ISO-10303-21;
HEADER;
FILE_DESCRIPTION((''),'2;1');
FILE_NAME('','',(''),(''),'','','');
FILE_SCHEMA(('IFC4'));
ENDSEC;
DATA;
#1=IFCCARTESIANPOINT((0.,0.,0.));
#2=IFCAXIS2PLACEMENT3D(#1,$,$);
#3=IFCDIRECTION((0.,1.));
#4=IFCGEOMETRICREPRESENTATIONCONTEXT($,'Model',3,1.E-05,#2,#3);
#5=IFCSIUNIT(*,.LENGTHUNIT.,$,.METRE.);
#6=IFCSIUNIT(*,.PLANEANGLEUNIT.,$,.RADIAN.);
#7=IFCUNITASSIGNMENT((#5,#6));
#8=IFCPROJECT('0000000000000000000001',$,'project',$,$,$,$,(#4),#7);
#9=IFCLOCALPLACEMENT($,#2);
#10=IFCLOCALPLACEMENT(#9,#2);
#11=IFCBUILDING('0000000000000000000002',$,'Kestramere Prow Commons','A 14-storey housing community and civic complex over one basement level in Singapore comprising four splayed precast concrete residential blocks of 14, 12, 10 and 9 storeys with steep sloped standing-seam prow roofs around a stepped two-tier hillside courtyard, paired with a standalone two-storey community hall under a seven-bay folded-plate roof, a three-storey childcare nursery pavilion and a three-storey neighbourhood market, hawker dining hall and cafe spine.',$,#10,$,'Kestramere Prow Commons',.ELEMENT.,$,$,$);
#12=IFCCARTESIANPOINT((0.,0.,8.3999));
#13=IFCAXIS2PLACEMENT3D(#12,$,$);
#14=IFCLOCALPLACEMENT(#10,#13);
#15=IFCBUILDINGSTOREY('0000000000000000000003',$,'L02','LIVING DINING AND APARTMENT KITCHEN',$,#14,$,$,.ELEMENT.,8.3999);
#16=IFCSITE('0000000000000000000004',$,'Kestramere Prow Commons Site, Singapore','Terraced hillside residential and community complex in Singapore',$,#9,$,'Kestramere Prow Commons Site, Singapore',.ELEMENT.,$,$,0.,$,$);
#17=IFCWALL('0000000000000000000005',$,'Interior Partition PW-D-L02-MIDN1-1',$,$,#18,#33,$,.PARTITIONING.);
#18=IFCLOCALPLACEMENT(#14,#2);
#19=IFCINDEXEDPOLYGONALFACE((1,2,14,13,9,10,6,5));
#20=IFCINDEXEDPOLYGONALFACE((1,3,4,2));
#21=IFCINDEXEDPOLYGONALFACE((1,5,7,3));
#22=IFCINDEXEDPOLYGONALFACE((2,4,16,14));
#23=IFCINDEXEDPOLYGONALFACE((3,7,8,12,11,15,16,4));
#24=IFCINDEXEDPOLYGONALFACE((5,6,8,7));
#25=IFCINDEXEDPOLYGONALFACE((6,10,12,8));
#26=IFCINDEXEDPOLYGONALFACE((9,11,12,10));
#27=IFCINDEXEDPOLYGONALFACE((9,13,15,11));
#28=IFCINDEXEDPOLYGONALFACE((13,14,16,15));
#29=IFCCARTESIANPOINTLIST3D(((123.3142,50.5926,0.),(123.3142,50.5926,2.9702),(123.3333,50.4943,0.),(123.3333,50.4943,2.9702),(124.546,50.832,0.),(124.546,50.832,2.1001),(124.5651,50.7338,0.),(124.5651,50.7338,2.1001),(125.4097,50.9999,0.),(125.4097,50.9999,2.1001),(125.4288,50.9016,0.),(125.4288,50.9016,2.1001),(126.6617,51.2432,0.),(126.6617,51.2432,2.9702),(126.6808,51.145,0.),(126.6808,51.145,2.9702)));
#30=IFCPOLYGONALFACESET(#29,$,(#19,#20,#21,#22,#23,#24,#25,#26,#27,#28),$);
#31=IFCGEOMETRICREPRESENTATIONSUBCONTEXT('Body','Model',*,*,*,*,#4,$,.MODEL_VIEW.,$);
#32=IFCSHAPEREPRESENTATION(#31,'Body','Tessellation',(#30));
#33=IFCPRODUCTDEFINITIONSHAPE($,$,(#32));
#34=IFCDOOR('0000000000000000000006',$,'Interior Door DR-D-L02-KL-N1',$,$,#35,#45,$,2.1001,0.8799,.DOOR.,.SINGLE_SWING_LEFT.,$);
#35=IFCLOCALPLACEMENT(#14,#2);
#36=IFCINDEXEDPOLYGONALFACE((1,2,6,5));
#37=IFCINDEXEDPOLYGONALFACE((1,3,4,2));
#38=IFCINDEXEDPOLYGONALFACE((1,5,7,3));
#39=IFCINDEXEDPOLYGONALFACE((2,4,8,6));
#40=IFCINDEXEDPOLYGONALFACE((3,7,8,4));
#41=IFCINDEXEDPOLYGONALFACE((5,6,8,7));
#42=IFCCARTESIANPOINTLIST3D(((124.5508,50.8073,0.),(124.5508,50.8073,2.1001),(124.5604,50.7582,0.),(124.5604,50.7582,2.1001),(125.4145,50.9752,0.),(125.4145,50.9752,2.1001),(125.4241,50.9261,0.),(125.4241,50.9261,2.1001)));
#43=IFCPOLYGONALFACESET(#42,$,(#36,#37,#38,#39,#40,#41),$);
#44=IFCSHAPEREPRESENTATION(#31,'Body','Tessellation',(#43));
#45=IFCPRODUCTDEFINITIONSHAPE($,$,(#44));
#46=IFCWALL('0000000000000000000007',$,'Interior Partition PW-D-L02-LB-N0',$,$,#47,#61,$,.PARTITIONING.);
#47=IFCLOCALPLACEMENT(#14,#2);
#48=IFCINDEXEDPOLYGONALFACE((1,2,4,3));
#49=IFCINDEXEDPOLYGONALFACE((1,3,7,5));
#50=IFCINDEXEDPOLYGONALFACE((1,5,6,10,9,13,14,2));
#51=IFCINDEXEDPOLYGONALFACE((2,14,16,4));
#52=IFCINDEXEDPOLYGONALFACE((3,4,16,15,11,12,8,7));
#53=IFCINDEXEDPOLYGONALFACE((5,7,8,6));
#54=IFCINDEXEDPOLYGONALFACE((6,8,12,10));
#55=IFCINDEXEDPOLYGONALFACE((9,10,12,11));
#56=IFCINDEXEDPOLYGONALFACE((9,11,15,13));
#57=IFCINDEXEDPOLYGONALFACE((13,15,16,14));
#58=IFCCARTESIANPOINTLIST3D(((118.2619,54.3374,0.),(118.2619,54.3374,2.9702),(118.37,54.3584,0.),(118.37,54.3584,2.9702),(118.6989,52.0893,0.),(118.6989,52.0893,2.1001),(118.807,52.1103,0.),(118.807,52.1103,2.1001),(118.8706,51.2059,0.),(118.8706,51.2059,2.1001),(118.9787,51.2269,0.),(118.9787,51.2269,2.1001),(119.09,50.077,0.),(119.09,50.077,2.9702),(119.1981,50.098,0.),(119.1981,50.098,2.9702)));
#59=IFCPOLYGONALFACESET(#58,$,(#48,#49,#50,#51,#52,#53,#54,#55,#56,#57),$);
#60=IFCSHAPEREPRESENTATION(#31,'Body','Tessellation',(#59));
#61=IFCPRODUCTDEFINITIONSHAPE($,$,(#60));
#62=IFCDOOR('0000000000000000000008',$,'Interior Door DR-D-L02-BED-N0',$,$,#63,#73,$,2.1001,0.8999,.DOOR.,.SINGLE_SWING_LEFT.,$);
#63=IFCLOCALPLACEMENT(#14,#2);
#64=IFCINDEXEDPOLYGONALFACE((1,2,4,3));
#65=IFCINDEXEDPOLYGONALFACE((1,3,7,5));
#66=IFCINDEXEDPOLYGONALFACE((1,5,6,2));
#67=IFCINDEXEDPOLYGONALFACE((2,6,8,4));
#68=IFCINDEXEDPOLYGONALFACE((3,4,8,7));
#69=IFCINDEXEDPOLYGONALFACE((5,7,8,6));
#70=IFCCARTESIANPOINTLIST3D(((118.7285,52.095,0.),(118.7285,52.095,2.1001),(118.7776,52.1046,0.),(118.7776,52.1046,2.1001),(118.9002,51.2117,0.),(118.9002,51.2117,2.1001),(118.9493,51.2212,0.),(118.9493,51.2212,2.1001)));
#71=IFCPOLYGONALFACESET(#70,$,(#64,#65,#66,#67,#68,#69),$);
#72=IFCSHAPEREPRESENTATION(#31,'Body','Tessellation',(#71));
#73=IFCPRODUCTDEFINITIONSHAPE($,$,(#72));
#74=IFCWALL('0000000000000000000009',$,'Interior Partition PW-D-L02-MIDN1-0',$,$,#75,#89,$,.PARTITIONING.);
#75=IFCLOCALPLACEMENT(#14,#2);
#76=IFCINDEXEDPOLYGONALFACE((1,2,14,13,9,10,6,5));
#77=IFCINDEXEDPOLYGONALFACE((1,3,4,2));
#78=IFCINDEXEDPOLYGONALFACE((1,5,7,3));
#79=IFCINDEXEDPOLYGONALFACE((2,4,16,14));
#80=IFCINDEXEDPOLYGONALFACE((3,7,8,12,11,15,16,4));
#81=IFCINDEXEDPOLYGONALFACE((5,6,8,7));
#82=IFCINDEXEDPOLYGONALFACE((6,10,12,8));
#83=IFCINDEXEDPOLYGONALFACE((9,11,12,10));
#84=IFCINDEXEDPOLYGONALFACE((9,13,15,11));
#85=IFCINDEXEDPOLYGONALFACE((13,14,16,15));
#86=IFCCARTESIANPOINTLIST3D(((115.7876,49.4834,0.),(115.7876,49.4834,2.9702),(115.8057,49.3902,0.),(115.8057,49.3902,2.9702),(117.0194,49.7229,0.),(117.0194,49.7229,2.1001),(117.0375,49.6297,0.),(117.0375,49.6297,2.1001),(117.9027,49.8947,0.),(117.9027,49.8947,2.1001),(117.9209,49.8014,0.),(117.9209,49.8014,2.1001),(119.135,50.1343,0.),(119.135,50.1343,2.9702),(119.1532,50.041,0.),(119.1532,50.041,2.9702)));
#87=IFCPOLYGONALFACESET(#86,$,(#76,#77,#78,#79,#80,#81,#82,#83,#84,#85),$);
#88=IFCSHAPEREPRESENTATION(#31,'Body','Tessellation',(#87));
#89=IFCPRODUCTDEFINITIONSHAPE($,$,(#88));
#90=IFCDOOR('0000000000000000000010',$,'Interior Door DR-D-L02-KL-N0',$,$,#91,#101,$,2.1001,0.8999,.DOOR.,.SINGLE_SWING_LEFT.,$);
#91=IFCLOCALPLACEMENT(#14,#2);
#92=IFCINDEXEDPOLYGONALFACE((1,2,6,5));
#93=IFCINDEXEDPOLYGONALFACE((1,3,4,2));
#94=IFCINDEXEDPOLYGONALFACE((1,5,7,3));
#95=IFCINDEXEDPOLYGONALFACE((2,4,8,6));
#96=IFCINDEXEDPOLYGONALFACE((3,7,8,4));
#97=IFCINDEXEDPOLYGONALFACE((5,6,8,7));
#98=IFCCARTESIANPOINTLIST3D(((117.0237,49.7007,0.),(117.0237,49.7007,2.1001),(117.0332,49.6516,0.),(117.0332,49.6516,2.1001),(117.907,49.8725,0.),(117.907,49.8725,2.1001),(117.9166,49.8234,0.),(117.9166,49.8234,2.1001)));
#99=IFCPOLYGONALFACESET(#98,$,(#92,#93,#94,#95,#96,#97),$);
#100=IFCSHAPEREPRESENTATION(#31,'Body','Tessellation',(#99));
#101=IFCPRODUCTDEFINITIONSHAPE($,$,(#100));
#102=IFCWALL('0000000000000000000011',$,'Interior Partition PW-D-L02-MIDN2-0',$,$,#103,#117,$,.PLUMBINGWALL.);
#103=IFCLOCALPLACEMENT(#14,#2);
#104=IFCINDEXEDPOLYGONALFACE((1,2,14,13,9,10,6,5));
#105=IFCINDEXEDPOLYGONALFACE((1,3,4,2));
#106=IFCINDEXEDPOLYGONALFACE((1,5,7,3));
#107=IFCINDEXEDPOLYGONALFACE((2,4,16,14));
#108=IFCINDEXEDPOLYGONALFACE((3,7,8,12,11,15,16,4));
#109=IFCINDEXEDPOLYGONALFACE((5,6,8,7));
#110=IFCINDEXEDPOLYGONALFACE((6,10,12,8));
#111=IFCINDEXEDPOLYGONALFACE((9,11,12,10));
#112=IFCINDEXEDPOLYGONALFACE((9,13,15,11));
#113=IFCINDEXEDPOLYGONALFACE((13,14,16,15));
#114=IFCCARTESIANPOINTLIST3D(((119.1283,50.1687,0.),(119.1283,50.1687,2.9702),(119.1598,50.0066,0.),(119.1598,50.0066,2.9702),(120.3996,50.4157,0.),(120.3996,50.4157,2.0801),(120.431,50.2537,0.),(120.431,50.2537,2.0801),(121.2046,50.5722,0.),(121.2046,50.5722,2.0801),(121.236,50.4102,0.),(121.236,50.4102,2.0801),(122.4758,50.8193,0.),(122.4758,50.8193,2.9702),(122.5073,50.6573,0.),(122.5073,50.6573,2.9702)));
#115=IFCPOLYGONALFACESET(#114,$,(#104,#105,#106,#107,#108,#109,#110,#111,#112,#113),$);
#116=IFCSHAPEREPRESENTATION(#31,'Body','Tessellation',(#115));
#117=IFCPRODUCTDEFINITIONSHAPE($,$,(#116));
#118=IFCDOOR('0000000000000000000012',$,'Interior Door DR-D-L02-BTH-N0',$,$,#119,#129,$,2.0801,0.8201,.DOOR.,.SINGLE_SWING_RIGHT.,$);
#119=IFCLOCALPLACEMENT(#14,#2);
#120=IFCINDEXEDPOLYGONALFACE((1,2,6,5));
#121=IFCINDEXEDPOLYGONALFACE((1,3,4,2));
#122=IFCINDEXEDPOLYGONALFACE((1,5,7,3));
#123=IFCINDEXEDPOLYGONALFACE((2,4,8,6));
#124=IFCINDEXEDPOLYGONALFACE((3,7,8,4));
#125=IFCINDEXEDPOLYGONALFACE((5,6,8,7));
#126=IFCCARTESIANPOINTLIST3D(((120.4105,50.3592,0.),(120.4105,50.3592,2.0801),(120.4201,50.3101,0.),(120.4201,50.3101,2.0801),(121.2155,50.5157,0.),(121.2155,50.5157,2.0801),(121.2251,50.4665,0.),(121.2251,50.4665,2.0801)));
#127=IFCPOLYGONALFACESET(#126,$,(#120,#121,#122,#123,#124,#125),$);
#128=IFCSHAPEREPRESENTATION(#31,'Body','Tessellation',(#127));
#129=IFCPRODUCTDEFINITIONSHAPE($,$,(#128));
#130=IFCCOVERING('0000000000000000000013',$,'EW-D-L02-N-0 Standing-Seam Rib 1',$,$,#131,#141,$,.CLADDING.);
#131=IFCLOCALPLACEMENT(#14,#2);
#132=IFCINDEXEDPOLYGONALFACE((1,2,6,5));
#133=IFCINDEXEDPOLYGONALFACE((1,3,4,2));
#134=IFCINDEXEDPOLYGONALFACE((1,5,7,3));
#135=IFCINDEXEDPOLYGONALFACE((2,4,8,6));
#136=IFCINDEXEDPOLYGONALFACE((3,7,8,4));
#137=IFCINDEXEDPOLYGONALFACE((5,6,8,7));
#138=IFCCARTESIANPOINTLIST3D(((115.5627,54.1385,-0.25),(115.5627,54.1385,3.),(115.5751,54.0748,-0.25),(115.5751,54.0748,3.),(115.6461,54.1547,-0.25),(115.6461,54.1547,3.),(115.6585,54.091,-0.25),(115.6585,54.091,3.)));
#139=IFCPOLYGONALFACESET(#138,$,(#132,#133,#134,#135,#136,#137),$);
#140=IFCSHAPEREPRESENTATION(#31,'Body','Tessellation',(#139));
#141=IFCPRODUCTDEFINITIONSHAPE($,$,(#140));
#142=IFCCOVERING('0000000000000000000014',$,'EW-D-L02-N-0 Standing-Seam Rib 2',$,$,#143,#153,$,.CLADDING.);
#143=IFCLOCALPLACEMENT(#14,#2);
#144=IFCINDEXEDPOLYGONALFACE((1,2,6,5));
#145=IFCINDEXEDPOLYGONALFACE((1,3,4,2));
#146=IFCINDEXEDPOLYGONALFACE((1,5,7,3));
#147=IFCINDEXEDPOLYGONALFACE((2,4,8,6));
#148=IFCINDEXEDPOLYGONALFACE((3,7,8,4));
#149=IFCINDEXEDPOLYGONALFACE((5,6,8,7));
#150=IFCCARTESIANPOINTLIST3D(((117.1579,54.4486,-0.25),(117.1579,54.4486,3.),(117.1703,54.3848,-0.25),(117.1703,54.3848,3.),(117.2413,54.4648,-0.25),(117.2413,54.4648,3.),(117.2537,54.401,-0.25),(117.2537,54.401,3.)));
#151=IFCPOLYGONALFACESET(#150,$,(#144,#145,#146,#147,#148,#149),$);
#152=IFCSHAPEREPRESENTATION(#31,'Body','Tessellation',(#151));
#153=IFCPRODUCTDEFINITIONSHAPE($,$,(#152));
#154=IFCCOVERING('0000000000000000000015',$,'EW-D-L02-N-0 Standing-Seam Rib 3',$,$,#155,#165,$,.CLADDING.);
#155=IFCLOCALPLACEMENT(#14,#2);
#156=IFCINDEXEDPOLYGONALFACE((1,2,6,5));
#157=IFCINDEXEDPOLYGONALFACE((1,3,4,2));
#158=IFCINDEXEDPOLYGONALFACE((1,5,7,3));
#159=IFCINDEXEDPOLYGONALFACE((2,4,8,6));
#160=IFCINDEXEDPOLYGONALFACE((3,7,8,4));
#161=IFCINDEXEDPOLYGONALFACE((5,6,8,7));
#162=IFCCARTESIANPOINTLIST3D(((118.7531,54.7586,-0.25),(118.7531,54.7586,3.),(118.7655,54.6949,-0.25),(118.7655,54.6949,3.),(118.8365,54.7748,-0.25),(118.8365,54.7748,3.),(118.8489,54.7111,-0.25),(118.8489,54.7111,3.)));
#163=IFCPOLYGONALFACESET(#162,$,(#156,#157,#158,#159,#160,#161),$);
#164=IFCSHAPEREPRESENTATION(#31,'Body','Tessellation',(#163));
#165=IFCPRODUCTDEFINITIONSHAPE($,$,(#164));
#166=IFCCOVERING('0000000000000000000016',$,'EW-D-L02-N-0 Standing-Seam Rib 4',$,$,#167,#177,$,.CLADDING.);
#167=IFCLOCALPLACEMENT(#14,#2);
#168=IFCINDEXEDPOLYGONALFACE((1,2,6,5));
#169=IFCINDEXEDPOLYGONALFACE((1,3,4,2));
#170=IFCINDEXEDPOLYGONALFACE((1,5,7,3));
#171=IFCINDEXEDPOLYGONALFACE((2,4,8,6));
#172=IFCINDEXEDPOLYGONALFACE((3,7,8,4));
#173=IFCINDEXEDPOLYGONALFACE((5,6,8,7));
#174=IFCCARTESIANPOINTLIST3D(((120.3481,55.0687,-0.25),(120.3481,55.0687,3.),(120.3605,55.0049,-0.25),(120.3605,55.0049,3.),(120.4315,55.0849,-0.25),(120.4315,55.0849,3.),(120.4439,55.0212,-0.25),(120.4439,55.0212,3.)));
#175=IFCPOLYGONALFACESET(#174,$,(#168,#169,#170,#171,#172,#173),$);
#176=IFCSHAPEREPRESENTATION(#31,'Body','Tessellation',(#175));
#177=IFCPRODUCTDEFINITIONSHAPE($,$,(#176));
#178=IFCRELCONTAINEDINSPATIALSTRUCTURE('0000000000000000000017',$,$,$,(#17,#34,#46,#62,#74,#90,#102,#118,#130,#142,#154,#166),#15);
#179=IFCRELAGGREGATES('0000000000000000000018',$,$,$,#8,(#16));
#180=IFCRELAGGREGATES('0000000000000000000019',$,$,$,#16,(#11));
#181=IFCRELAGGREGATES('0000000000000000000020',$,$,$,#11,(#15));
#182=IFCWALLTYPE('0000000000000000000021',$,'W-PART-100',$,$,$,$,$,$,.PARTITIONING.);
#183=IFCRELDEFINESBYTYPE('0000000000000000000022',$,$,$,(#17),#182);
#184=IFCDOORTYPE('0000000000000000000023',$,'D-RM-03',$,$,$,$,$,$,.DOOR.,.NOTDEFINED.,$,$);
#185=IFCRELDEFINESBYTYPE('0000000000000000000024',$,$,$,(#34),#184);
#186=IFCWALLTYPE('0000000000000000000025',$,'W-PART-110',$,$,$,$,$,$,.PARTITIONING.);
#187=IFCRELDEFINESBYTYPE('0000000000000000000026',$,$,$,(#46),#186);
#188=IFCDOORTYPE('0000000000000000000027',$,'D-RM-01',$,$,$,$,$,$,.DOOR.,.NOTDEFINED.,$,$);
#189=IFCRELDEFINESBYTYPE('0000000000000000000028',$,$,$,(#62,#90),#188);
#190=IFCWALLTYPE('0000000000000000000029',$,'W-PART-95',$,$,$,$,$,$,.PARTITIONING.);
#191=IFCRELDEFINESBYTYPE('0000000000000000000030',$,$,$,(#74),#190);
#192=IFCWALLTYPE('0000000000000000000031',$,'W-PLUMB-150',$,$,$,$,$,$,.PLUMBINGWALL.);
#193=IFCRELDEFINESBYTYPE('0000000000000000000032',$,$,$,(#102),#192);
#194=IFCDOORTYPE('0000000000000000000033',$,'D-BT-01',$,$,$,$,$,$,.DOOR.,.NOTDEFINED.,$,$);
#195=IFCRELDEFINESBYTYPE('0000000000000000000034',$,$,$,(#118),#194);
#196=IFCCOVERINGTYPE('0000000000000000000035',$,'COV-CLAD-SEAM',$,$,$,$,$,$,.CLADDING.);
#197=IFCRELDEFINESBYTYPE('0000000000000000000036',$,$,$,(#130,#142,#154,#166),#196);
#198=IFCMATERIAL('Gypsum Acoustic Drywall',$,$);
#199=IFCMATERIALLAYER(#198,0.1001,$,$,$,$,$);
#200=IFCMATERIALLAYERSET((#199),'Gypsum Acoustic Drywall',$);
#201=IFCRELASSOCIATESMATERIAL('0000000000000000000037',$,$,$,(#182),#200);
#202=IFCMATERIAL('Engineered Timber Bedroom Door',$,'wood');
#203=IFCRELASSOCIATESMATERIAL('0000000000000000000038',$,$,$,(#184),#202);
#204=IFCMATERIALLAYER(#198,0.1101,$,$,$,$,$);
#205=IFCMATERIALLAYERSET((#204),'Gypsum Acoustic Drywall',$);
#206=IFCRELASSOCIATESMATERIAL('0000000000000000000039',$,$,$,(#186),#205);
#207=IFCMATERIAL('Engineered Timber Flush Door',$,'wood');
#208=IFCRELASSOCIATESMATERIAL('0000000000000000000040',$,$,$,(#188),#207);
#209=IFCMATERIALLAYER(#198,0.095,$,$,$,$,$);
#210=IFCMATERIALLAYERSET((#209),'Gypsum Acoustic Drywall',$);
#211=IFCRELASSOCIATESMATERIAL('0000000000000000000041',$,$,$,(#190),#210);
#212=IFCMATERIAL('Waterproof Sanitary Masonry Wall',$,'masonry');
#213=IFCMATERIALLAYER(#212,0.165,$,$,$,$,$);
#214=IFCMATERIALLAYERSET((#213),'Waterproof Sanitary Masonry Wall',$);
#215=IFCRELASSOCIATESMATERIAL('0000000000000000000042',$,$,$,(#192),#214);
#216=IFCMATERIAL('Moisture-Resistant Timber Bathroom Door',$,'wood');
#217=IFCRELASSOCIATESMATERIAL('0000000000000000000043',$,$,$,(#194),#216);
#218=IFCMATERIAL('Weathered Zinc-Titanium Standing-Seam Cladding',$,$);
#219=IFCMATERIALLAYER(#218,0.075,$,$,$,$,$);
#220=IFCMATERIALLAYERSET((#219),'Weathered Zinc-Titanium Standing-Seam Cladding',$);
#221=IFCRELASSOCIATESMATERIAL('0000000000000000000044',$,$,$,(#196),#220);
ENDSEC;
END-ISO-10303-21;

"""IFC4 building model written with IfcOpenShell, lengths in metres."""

from ifc_helpers import new_model, si_unit, direction, frame, frame_2d, origin, origin_2d, place, context, subcontext, project, spatial, rectangle, extrude, material, layer, layer_set, type_object, element, fill, save


model = new_model("IFC4")

# Units and contexts
model_context = context("Model", 3, precision=1e-05, world=origin(), true_north=direction((0.0, 1.0)))
body_context = subcontext(model_context, "Body", "Model", "MODEL_VIEW")
ifc_project = project(units=[si_unit("LENGTHUNIT", "METRE"), si_unit("PLANEANGLEUNIT", "RADIAN")], contexts=[model_context])

# Site, building, storey
site_placement = place(None, origin())
site = spatial("IfcSite", under=ifc_project, at=site_placement, Name="Kestramere Prow Commons Site, Singapore", Description="Terraced hillside residential and community complex in Singapore", LongName="Kestramere Prow Commons Site, Singapore", CompositionType="ELEMENT", RefElevation=0.0)
building_placement = place(site_placement, origin())
building = spatial("IfcBuilding", under=site, at=building_placement, Name="Kestramere Prow Commons", Description="A 14-storey housing community and civic complex over one basement level in Singapore comprising four splayed precast concrete residential blocks of 14, 12, 10 and 9 storeys with steep sloped standing-seam prow roofs around a stepped two-tier hillside courtyard, paired with a standalone two-storey community hall under a seven-bay folded-plate roof, a three-storey childcare nursery pavilion and a three-storey neighbourhood market, hawker dining hall and cafe spine.", LongName="Kestramere Prow Commons", CompositionType="ELEMENT")
storey_placement = place(building_placement, frame((0.0, 0.0, 8.3999)))
storey = spatial("IfcBuildingStorey", under=building, at=storey_placement, Name="L02", Description="LIVING DINING AND APARTMENT KITCHEN", CompositionType="ELEMENT", Elevation=8.3999)

# Walls, openings, doors
ifc_material_1 = material(Name="Gypsum Acoustic Drywall")
ifc_layer_1 = layer(ifc_material_1, 0.1001)
ifc_layer_set_1 = layer_set([ifc_layer_1], Name="Gypsum Acoustic Drywall")
wall_type_1 = type_object("IfcWallType", Name="W-PART-100", PredefinedType="PARTITIONING", material=ifc_layer_set_1)
wall_1_placement = place(storey_placement, frame((123.3237, 50.5435, 0.0), z_axis=(0.0, 0.0, 1.0), x_axis=(0.981629, 0.190799, 0.0)))
wall_1 = element("IfcWall", 1, at=wall_1_placement, inside=storey, type_object=wall_type_1, Name="Interior Partition PW-D-L02-MIDN1-1", PredefinedType="PARTITIONING", context=body_context, shape_type="SweptSolid", body=[
    extrude(rectangle(XDim=3.4102, YDim=0.1001, at=frame_2d((1.7051, 0.0))), origin(), (0.0, 0.0, 1.0), 2.9702),
])
opening_1_placement = place(wall_1_placement, frame((1.2549, 0.0, 0.0)))
opening_1 = element("IfcOpeningElement", 2, at=opening_1_placement, cuts=wall_1, PredefinedType="OPENING", context=body_context, shape_type="SweptSolid", body=[
    extrude(rectangle(XDim=0.8799, YDim=2.1001, at=frame_2d((0.4399, 1.05))), frame((0.0, 0.0649, 0.0), z_axis=(0.0, -1.0, 0.0), x_axis=(1.0, 0.0, 0.0)), (0.0, 0.0, 1.0), 0.1301),
])
ifc_material_2 = material(Name="Engineered Timber Bedroom Door", Category="wood")
door_type_1 = type_object("IfcDoorType", Name="D-RM-03", OperationType="NOTDEFINED", PredefinedType="DOOR", material=ifc_material_2)
door_1_placement = place(opening_1_placement, origin())
door_1 = element("IfcDoor", 3, at=door_1_placement, inside=storey, type_object=door_type_1, Name="Interior Door DR-D-L02-KL-N1", OperationType="SINGLE_SWING_LEFT", OverallHeight=2.1001, OverallWidth=0.8799, PredefinedType="DOOR", context=body_context, shape_type="SweptSolid", body=[
    extrude(rectangle(XDim=0.8799, YDim=2.1001, at=frame_2d((0.4399, 1.05))), frame((0.0, 0.0249, 0.0), z_axis=(0.0, -1.0, 0.0), x_axis=(1.0, 0.0, 0.0)), (0.0, 0.0, 1.0), 0.05),
])
fill(opening_1, door_1)
ifc_layer_2 = layer(ifc_material_1, 0.1101)
ifc_layer_set_2 = layer_set([ifc_layer_2], Name="Gypsum Acoustic Drywall")
wall_type_2 = type_object("IfcWallType", Name="W-PART-110", PredefinedType="PARTITIONING", material=ifc_layer_set_2)
wall_2_placement = place(storey_placement, frame((119.144, 50.0876, 0.0), z_axis=(0.0, 0.0, 1.0), x_axis=(-0.190812, 0.981627, 0.0)))
wall_2 = element("IfcWall", 4, at=wall_2_placement, inside=storey, type_object=wall_type_2, Name="Interior Partition PW-D-L02-LB-N0", PredefinedType="PARTITIONING", context=body_context, shape_type="SweptSolid", body=[
    extrude(rectangle(XDim=4.3401, YDim=0.1101, at=frame_2d((2.1699, 0.0))), origin(), (0.0, 0.0, 1.0), 2.9702),
])
opening_2_placement = place(wall_2_placement, frame((1.1499, 0.0, 0.0)))
opening_2 = element("IfcOpeningElement", 5, at=opening_2_placement, cuts=wall_2, PredefinedType="OPENING", context=body_context, shape_type="SweptSolid", body=[
    extrude(rectangle(XDim=0.8999, YDim=2.1001, at=frame_2d((0.45, 1.05))), frame((0.0, 0.0701, 0.0), z_axis=(0.0, -1.0, 0.0), x_axis=(1.0, 0.0, 0.0)), (0.0, 0.0, 1.0), 0.1401),
])
ifc_material_3 = material(Name="Engineered Timber Flush Door", Category="wood")
door_type_2 = type_object("IfcDoorType", Name="D-RM-01", OperationType="NOTDEFINED", PredefinedType="DOOR", material=ifc_material_3)
door_2_placement = place(opening_2_placement, origin())
door_2 = element("IfcDoor", 6, at=door_2_placement, inside=storey, type_object=door_type_2, Name="Interior Door DR-D-L02-BED-N0", OperationType="SINGLE_SWING_LEFT", OverallHeight=2.1001, OverallWidth=0.8999, PredefinedType="DOOR", context=body_context, shape_type="SweptSolid", body=[
    extrude(rectangle(XDim=0.8999, YDim=2.1001, at=frame_2d((0.45, 1.05))), frame((0.0, 0.0249, 0.0), z_axis=(0.0, -1.0, 0.0), x_axis=(1.0, 0.0, 0.0)), (0.0, 0.0, 1.0), 0.05),
])
fill(opening_2, door_2)
ifc_layer_3 = layer(ifc_material_1, 0.095)
ifc_layer_set_3 = layer_set([ifc_layer_3], Name="Gypsum Acoustic Drywall")
wall_type_3 = type_object("IfcWallType", Name="W-PART-95", PredefinedType="PARTITIONING", material=ifc_layer_set_3)
wall_3_placement = place(storey_placement, frame((115.7966, 49.4368, 0.0), z_axis=(0.0, 0.0, 1.0), x_axis=(0.981616, 0.190868, 0.0)))
wall_3 = element("IfcWall", 7, at=wall_3_placement, inside=storey, type_object=wall_type_3, Name="Interior Partition PW-D-L02-MIDN1-0", PredefinedType="PARTITIONING", context=body_context, shape_type="SweptSolid", body=[
    extrude(rectangle(XDim=3.4102, YDim=0.095, at=frame_2d((1.7051, 0.0))), origin(), (0.0, 0.0, 1.0), 2.9702),
])
opening_3_placement = place(wall_3_placement, frame((1.2549, 0.0, 0.0)))
opening_3 = element("IfcOpeningElement", 8, at=opening_3_placement, cuts=wall_3, PredefinedType="OPENING", context=body_context, shape_type="SweptSolid", body=[
    extrude(rectangle(XDim=0.8999, YDim=2.1001, at=frame_2d((0.45, 1.05))), frame((0.0, 0.0625, 0.0), z_axis=(0.0, -1.0, 0.0), x_axis=(1.0, 0.0, 0.0)), (0.0, 0.0, 1.0), 0.125),
])
door_3_placement = place(opening_3_placement, origin())
door_3 = element("IfcDoor", 9, at=door_3_placement, inside=storey, type_object=door_type_2, Name="Interior Door DR-D-L02-KL-N0", OperationType="SINGLE_SWING_LEFT", OverallHeight=2.1001, OverallWidth=0.8999, PredefinedType="DOOR", context=body_context, shape_type="SweptSolid", body=[
    extrude(rectangle(XDim=0.8999, YDim=2.1001, at=frame_2d((0.45, 1.05))), frame((0.0, 0.0249, 0.0), z_axis=(0.0, -1.0, 0.0), x_axis=(1.0, 0.0, 0.0)), (0.0, 0.0, 1.0), 0.05),
])
fill(opening_3, door_3)
ifc_material_4 = material(Name="Waterproof Sanitary Masonry Wall", Category="masonry")
ifc_layer_4 = layer(ifc_material_4, 0.165)
ifc_layer_set_4 = layer_set([ifc_layer_4], Name="Waterproof Sanitary Masonry Wall")
wall_type_4 = type_object("IfcWallType", Name="W-PLUMB-150", PredefinedType="PLUMBINGWALL", material=ifc_layer_set_4)
wall_4_placement = place(storey_placement, frame((119.144, 50.0876, 0.0), z_axis=(0.0, 0.0, 1.0), x_axis=(0.981629, 0.190799, 0.0)))
wall_4 = element("IfcWall", 10, at=wall_4_placement, inside=storey, type_object=wall_type_4, Name="Interior Partition PW-D-L02-MIDN2-0", PredefinedType="PLUMBINGWALL", context=body_context, shape_type="SweptSolid", body=[
    extrude(rectangle(XDim=3.4102, YDim=0.165, at=frame_2d((1.7051, 0.0))), origin(), (0.0, 0.0, 1.0), 2.9702),
])
opening_4_placement = place(wall_4_placement, frame((1.2949, 0.0, 0.0)))
opening_4 = element("IfcOpeningElement", 11, at=opening_4_placement, cuts=wall_4, PredefinedType="OPENING", context=body_context, shape_type="SweptSolid", body=[
    extrude(rectangle(XDim=0.8201, YDim=2.0801, at=frame_2d((0.4102, 1.04))), frame((0.0, 0.0974, 0.0), z_axis=(0.0, -1.0, 0.0), x_axis=(1.0, 0.0, 0.0)), (0.0, 0.0, 1.0), 0.1951),
])
ifc_material_5 = material(Name="Moisture-Resistant Timber Bathroom Door", Category="wood")
door_type_3 = type_object("IfcDoorType", Name="D-BT-01", OperationType="NOTDEFINED", PredefinedType="DOOR", material=ifc_material_5)
door_4_placement = place(opening_4_placement, origin())
door_4 = element("IfcDoor", 12, at=door_4_placement, inside=storey, type_object=door_type_3, Name="Interior Door DR-D-L02-BTH-N0", OperationType="SINGLE_SWING_RIGHT", OverallHeight=2.0801, OverallWidth=0.8201, PredefinedType="DOOR", context=body_context, shape_type="SweptSolid", body=[
    extrude(rectangle(XDim=0.8201, YDim=2.0801, at=frame_2d((0.4102, 1.04))), frame((0.0, 0.0249, 0.0), z_axis=(0.0, -1.0, 0.0), x_axis=(1.0, 0.0, 0.0)), (0.0, 0.0, 1.0), 0.05),
])
fill(opening_4, door_4)

# Coverings
ifc_material_6 = material(Name="Weathered Zinc-Titanium Standing-Seam Cladding")
ifc_layer_5 = layer(ifc_material_6, 0.075)
ifc_layer_set_5 = layer_set([ifc_layer_5], Name="Weathered Zinc-Titanium Standing-Seam Cladding")
covering_type = type_object("IfcCoveringType", Name="COV-CLAD-SEAM", PredefinedType="CLADDING", material=ifc_layer_set_5)
for number, where, z_axis, x_axis, name in (
    (13, (115.6106, 54.1147, -0.25), (0.0, 0.0, 1.0), (0.981627, 0.190809, 0.0), "EW-D-L02-N-0 Standing-Seam Rib 1"),
    (14, (117.2058, 54.4248, -0.25), (0.0, 0.0, 1.0), (0.981627, 0.190809, 0.0), "EW-D-L02-N-0 Standing-Seam Rib 2"),
    (15, (118.801, 54.7349, -0.25), (0.0, 0.0, 1.0), (0.981627, 0.190809, 0.0), "EW-D-L02-N-0 Standing-Seam Rib 3"),
    (16, (120.396, 55.0449, -0.25), (0.0, 0.0, 1.0), (0.981627, 0.190809, 0.0), "EW-D-L02-N-0 Standing-Seam Rib 4"),
):
    element("IfcCovering", number, at=place(storey_placement, frame(where, z_axis=z_axis, x_axis=x_axis)), inside=storey, type_object=covering_type, Name=name, PredefinedType="CLADDING", context=body_context, shape_type="SweptSolid", body=[
        extrude(rectangle(XDim=0.085, YDim=0.0649, at=origin_2d()), origin(), (0.0, 0.0, 1.0), 3.25),
    ])

save(model, "model.ifc")
